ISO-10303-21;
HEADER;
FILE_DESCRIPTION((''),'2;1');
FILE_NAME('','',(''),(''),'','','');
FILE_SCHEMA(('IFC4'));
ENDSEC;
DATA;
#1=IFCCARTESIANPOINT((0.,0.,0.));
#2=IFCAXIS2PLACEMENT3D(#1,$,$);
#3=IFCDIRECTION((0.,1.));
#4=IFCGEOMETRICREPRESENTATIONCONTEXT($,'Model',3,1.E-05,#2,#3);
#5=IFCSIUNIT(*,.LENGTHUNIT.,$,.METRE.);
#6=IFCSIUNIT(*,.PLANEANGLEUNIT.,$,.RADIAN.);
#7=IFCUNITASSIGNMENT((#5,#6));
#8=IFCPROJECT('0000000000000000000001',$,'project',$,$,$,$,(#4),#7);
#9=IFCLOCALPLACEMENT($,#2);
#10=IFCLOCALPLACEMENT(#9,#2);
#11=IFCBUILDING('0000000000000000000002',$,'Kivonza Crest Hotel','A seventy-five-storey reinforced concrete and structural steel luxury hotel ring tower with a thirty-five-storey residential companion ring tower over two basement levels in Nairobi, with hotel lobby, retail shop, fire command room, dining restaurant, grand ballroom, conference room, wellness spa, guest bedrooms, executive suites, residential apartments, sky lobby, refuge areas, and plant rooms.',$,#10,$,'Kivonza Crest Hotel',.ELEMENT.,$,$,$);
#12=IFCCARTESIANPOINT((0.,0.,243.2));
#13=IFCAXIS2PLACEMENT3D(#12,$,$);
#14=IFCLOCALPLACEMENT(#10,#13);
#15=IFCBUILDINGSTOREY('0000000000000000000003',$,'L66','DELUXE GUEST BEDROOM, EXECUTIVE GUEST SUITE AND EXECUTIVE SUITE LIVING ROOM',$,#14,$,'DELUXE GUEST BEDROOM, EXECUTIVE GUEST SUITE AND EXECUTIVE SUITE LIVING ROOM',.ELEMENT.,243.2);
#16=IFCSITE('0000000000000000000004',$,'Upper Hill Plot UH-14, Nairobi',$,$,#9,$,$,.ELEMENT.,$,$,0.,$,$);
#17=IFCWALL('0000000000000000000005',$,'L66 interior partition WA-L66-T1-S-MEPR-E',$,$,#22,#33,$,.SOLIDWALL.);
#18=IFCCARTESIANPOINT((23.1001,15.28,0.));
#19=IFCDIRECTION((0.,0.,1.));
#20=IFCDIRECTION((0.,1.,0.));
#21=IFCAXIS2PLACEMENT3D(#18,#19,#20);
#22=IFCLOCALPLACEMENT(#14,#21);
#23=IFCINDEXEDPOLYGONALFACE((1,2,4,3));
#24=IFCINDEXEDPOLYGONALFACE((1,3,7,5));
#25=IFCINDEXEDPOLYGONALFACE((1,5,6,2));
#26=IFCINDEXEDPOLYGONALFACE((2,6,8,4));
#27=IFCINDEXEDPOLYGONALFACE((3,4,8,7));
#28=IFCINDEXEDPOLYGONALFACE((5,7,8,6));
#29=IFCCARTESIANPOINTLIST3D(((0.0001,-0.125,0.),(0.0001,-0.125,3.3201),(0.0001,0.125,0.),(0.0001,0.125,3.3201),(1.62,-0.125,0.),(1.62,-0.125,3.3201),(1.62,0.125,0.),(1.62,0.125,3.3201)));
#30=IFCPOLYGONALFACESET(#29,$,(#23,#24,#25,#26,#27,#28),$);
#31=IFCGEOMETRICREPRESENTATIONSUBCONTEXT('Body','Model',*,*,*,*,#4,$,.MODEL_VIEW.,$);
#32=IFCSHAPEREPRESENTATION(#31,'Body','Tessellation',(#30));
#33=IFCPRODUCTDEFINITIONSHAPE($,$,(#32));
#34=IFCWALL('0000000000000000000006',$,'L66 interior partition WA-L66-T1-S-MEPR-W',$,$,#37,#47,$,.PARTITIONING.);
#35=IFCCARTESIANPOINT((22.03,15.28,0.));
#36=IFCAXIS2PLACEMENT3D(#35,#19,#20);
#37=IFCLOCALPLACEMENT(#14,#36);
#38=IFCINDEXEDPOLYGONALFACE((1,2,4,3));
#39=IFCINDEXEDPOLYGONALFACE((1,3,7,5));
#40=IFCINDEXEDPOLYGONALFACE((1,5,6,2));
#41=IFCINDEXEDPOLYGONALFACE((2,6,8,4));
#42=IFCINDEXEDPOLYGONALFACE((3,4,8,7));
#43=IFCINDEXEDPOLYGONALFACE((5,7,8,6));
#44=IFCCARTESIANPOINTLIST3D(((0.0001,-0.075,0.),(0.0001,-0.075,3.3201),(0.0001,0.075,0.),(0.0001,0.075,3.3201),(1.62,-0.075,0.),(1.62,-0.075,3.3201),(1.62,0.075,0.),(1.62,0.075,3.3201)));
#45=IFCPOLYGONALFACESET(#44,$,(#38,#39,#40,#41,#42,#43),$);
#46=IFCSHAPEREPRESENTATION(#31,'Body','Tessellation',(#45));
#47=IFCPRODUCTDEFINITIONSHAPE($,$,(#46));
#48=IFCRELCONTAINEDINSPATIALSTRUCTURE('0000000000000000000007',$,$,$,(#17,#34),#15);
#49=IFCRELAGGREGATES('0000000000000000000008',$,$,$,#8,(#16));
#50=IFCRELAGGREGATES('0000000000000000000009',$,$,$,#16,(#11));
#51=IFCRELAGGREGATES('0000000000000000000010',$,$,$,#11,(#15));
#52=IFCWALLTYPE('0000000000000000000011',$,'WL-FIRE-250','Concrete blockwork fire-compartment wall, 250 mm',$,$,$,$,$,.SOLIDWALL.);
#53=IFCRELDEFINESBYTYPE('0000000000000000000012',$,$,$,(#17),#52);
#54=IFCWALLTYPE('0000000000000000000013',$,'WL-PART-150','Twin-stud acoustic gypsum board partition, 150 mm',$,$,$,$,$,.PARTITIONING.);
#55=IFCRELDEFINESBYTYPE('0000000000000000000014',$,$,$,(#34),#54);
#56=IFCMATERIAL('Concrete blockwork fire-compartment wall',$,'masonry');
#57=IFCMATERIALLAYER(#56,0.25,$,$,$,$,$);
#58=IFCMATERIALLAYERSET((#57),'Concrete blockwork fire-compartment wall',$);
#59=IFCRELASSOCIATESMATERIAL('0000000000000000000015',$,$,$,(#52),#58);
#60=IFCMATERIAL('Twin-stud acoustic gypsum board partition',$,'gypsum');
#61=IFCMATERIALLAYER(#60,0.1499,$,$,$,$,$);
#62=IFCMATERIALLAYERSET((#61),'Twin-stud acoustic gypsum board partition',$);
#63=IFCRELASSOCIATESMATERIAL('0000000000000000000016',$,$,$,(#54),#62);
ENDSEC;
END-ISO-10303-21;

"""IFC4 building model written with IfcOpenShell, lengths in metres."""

from ifc_helpers import new_model, si_unit, direction, frame, frame_2d, origin, place, context, subcontext, project, spatial, rectangle, extrude, material, layer, layer_set, type_object, element, save


model = new_model("IFC4")

# Units and contexts
model_context = context("Model", 3, precision=1e-05, world=origin(), true_north=direction((0.0, 1.0)))
body_context = subcontext(model_context, "Body", "Model", "MODEL_VIEW")
ifc_project = project(units=[si_unit("LENGTHUNIT", "METRE"), si_unit("PLANEANGLEUNIT", "RADIAN")], contexts=[model_context])

# Site, building, storey
site_placement = place(None, origin())
site = spatial("IfcSite", under=ifc_project, at=site_placement, Name="Upper Hill Plot UH-14, Nairobi", CompositionType="ELEMENT", RefElevation=0.0)
building_placement = place(site_placement, origin())
building = spatial("IfcBuilding", under=site, at=building_placement, Name="Kivonza Crest Hotel", Description="A seventy-five-storey reinforced concrete and structural steel luxury hotel ring tower with a thirty-five-storey residential companion ring tower over two basement levels in Nairobi, with hotel lobby, retail shop, fire command room, dining restaurant, grand ballroom, conference room, wellness spa, guest bedrooms, executive suites, residential apartments, sky lobby, refuge areas, and plant rooms.", LongName="Kivonza Crest Hotel", CompositionType="ELEMENT")
storey_placement = place(building_placement, frame((0.0, 0.0, 243.2)))
storey = spatial("IfcBuildingStorey", under=building, at=storey_placement, Name="L66", Description="DELUXE GUEST BEDROOM, EXECUTIVE GUEST SUITE AND EXECUTIVE SUITE LIVING ROOM", LongName="DELUXE GUEST BEDROOM, EXECUTIVE GUEST SUITE AND EXECUTIVE SUITE LIVING ROOM", CompositionType="ELEMENT", Elevation=243.2)

# Walls
ifc_material_1 = material(Name="Concrete blockwork fire-compartment wall", Category="masonry")
ifc_layer_1 = layer(ifc_material_1, 0.25)
ifc_layer_set_1 = layer_set([ifc_layer_1], Name="Concrete blockwork fire-compartment wall")
wall_type_1 = type_object("IfcWallType", Name="WL-FIRE-250", Description="Concrete blockwork fire-compartment wall, 250 mm", PredefinedType="SOLIDWALL", material=ifc_layer_set_1)
wall_1_placement = place(storey_placement, frame((23.1001, 15.28, 0.0), z_axis=(0.0, 0.0, 1.0), x_axis=(0.0, 1.0, 0.0)))
element("IfcWall", 1, at=wall_1_placement, inside=storey, type_object=wall_type_1, Name="L66 interior partition WA-L66-T1-S-MEPR-E", PredefinedType="SOLIDWALL", context=body_context, shape_type="SweptSolid", body=[
    extrude(rectangle(XDim=1.6199, YDim=0.25, at=frame_2d((0.8101, 0.0))), origin(), (0.0, 0.0, 1.0), 3.3201),
])
ifc_material_2 = material(Name="Twin-stud acoustic gypsum board partition", Category="gypsum")
ifc_layer_2 = layer(ifc_material_2, 0.1499)
ifc_layer_set_2 = layer_set([ifc_layer_2], Name="Twin-stud acoustic gypsum board partition")
wall_type_2 = type_object("IfcWallType", Name="WL-PART-150", Description="Twin-stud acoustic gypsum board partition, 150 mm", PredefinedType="PARTITIONING", material=ifc_layer_set_2)
wall_2_placement = place(storey_placement, frame((22.03, 15.28, 0.0), z_axis=(0.0, 0.0, 1.0), x_axis=(0.0, 1.0, 0.0)))
element("IfcWall", 2, at=wall_2_placement, inside=storey, type_object=wall_type_2, Name="L66 interior partition WA-L66-T1-S-MEPR-W", PredefinedType="PARTITIONING", context=body_context, shape_type="SweptSolid", body=[
    extrude(rectangle(XDim=1.6199, YDim=0.1499, at=frame_2d((0.8101, 0.0))), origin(), (0.0, 0.0, 1.0), 3.3201),
])

save(model, "model.ifc")
